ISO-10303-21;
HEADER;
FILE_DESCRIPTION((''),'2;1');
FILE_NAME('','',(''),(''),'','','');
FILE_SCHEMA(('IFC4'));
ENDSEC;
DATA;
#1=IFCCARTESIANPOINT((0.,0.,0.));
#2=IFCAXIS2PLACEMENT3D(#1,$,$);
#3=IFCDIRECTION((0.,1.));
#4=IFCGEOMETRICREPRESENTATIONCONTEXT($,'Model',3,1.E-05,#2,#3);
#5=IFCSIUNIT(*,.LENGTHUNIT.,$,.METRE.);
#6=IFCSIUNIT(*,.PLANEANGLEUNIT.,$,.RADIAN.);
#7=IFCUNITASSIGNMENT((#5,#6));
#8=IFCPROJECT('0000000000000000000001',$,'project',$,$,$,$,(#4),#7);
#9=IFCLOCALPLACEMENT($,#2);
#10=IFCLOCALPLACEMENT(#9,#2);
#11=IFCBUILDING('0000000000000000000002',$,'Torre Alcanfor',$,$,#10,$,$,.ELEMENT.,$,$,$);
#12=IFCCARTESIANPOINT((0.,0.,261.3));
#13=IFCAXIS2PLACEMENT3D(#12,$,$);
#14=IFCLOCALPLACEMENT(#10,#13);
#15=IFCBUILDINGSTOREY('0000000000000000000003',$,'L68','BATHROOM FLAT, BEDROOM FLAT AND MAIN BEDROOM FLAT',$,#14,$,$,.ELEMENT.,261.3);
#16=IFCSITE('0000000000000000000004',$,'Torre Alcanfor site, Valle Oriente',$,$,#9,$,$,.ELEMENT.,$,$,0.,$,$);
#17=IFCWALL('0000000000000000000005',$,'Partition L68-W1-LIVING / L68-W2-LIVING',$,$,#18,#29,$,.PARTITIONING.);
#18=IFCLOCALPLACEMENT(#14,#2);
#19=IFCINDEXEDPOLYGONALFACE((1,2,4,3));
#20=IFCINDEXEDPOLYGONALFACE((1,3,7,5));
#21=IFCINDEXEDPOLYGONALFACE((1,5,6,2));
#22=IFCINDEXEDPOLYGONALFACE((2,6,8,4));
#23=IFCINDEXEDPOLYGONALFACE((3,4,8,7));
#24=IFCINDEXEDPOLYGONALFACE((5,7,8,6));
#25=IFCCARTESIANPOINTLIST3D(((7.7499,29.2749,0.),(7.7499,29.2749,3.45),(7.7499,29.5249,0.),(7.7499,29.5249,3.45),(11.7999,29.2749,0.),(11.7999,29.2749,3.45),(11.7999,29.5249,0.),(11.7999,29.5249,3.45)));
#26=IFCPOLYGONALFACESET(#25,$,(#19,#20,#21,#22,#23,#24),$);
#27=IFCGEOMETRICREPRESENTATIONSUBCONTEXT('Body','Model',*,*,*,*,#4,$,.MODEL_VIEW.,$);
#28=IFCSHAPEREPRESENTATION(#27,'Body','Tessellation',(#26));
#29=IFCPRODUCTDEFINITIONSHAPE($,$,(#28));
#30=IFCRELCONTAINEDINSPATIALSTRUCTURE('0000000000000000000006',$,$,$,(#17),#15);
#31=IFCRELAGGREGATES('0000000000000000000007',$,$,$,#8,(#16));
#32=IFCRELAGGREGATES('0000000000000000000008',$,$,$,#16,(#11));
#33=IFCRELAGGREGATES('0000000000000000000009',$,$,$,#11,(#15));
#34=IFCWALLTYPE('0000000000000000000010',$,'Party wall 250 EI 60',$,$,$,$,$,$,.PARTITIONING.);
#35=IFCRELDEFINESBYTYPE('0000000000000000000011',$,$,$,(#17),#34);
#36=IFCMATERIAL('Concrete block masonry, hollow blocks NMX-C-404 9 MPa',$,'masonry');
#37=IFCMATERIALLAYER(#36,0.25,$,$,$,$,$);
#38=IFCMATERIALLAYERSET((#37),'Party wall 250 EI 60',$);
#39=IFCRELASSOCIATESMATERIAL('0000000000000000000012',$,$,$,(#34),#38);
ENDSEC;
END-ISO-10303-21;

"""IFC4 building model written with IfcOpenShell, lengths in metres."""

from ifc_helpers import new_model, si_unit, direction, frame, frame_2d, origin, place, context, subcontext, project, spatial, rectangle, extrude, material, layer, layer_set, type_object, element, save


model = new_model("IFC4")

# Units and contexts
model_context = context("Model", 3, precision=1e-05, world=origin(), true_north=direction((0.0, 1.0)))
body_context = subcontext(model_context, "Body", "Model", "MODEL_VIEW")
ifc_project = project(units=[si_unit("LENGTHUNIT", "METRE"), si_unit("PLANEANGLEUNIT", "RADIAN")], contexts=[model_context])

# Site, building, storey
site_placement = place(None, origin())
site = spatial("IfcSite", under=ifc_project, at=site_placement, Name="Torre Alcanfor site, Valle Oriente", CompositionType="ELEMENT", RefElevation=0.0)
building_placement = place(site_placement, origin())
building = spatial("IfcBuilding", under=site, at=building_placement, Name="Torre Alcanfor", CompositionType="ELEMENT")
storey_placement = place(building_placement, frame((0.0, 0.0, 261.3)))
storey = spatial("IfcBuildingStorey", under=building, at=storey_placement, Name="L68", Description="BATHROOM FLAT, BEDROOM FLAT AND MAIN BEDROOM FLAT", CompositionType="ELEMENT", Elevation=261.3)

# Wall
ifc_material_1 = material(Name="Concrete block masonry, hollow blocks NMX-C-404 9 MPa", Category="masonry")
ifc_layer_1 = layer(ifc_material_1, 0.25)
ifc_layer_set_1 = layer_set([ifc_layer_1], Name="Party wall 250 EI 60")
wall_type_1 = type_object("IfcWallType", Name="Party wall 250 EI 60", PredefinedType="PARTITIONING", material=ifc_layer_set_1)
wall_1_placement = place(storey_placement, frame((7.75, 29.3999, 0.0), z_axis=(0.0, 0.0, 1.0), x_axis=(1.0, 0.0, 0.0)))
element("IfcWall", 1, at=wall_1_placement, inside=storey, type_object=wall_type_1, Name="Partition L68-W1-LIVING / L68-W2-LIVING", PredefinedType="PARTITIONING", context=body_context, shape_type="SweptSolid", body=[
    extrude(rectangle(XDim=4.05, YDim=0.25, at=frame_2d((2.0249, 0.0))), origin(), (0.0, 0.0, 1.0), 3.45),
])

save(model, "model.ifc")
